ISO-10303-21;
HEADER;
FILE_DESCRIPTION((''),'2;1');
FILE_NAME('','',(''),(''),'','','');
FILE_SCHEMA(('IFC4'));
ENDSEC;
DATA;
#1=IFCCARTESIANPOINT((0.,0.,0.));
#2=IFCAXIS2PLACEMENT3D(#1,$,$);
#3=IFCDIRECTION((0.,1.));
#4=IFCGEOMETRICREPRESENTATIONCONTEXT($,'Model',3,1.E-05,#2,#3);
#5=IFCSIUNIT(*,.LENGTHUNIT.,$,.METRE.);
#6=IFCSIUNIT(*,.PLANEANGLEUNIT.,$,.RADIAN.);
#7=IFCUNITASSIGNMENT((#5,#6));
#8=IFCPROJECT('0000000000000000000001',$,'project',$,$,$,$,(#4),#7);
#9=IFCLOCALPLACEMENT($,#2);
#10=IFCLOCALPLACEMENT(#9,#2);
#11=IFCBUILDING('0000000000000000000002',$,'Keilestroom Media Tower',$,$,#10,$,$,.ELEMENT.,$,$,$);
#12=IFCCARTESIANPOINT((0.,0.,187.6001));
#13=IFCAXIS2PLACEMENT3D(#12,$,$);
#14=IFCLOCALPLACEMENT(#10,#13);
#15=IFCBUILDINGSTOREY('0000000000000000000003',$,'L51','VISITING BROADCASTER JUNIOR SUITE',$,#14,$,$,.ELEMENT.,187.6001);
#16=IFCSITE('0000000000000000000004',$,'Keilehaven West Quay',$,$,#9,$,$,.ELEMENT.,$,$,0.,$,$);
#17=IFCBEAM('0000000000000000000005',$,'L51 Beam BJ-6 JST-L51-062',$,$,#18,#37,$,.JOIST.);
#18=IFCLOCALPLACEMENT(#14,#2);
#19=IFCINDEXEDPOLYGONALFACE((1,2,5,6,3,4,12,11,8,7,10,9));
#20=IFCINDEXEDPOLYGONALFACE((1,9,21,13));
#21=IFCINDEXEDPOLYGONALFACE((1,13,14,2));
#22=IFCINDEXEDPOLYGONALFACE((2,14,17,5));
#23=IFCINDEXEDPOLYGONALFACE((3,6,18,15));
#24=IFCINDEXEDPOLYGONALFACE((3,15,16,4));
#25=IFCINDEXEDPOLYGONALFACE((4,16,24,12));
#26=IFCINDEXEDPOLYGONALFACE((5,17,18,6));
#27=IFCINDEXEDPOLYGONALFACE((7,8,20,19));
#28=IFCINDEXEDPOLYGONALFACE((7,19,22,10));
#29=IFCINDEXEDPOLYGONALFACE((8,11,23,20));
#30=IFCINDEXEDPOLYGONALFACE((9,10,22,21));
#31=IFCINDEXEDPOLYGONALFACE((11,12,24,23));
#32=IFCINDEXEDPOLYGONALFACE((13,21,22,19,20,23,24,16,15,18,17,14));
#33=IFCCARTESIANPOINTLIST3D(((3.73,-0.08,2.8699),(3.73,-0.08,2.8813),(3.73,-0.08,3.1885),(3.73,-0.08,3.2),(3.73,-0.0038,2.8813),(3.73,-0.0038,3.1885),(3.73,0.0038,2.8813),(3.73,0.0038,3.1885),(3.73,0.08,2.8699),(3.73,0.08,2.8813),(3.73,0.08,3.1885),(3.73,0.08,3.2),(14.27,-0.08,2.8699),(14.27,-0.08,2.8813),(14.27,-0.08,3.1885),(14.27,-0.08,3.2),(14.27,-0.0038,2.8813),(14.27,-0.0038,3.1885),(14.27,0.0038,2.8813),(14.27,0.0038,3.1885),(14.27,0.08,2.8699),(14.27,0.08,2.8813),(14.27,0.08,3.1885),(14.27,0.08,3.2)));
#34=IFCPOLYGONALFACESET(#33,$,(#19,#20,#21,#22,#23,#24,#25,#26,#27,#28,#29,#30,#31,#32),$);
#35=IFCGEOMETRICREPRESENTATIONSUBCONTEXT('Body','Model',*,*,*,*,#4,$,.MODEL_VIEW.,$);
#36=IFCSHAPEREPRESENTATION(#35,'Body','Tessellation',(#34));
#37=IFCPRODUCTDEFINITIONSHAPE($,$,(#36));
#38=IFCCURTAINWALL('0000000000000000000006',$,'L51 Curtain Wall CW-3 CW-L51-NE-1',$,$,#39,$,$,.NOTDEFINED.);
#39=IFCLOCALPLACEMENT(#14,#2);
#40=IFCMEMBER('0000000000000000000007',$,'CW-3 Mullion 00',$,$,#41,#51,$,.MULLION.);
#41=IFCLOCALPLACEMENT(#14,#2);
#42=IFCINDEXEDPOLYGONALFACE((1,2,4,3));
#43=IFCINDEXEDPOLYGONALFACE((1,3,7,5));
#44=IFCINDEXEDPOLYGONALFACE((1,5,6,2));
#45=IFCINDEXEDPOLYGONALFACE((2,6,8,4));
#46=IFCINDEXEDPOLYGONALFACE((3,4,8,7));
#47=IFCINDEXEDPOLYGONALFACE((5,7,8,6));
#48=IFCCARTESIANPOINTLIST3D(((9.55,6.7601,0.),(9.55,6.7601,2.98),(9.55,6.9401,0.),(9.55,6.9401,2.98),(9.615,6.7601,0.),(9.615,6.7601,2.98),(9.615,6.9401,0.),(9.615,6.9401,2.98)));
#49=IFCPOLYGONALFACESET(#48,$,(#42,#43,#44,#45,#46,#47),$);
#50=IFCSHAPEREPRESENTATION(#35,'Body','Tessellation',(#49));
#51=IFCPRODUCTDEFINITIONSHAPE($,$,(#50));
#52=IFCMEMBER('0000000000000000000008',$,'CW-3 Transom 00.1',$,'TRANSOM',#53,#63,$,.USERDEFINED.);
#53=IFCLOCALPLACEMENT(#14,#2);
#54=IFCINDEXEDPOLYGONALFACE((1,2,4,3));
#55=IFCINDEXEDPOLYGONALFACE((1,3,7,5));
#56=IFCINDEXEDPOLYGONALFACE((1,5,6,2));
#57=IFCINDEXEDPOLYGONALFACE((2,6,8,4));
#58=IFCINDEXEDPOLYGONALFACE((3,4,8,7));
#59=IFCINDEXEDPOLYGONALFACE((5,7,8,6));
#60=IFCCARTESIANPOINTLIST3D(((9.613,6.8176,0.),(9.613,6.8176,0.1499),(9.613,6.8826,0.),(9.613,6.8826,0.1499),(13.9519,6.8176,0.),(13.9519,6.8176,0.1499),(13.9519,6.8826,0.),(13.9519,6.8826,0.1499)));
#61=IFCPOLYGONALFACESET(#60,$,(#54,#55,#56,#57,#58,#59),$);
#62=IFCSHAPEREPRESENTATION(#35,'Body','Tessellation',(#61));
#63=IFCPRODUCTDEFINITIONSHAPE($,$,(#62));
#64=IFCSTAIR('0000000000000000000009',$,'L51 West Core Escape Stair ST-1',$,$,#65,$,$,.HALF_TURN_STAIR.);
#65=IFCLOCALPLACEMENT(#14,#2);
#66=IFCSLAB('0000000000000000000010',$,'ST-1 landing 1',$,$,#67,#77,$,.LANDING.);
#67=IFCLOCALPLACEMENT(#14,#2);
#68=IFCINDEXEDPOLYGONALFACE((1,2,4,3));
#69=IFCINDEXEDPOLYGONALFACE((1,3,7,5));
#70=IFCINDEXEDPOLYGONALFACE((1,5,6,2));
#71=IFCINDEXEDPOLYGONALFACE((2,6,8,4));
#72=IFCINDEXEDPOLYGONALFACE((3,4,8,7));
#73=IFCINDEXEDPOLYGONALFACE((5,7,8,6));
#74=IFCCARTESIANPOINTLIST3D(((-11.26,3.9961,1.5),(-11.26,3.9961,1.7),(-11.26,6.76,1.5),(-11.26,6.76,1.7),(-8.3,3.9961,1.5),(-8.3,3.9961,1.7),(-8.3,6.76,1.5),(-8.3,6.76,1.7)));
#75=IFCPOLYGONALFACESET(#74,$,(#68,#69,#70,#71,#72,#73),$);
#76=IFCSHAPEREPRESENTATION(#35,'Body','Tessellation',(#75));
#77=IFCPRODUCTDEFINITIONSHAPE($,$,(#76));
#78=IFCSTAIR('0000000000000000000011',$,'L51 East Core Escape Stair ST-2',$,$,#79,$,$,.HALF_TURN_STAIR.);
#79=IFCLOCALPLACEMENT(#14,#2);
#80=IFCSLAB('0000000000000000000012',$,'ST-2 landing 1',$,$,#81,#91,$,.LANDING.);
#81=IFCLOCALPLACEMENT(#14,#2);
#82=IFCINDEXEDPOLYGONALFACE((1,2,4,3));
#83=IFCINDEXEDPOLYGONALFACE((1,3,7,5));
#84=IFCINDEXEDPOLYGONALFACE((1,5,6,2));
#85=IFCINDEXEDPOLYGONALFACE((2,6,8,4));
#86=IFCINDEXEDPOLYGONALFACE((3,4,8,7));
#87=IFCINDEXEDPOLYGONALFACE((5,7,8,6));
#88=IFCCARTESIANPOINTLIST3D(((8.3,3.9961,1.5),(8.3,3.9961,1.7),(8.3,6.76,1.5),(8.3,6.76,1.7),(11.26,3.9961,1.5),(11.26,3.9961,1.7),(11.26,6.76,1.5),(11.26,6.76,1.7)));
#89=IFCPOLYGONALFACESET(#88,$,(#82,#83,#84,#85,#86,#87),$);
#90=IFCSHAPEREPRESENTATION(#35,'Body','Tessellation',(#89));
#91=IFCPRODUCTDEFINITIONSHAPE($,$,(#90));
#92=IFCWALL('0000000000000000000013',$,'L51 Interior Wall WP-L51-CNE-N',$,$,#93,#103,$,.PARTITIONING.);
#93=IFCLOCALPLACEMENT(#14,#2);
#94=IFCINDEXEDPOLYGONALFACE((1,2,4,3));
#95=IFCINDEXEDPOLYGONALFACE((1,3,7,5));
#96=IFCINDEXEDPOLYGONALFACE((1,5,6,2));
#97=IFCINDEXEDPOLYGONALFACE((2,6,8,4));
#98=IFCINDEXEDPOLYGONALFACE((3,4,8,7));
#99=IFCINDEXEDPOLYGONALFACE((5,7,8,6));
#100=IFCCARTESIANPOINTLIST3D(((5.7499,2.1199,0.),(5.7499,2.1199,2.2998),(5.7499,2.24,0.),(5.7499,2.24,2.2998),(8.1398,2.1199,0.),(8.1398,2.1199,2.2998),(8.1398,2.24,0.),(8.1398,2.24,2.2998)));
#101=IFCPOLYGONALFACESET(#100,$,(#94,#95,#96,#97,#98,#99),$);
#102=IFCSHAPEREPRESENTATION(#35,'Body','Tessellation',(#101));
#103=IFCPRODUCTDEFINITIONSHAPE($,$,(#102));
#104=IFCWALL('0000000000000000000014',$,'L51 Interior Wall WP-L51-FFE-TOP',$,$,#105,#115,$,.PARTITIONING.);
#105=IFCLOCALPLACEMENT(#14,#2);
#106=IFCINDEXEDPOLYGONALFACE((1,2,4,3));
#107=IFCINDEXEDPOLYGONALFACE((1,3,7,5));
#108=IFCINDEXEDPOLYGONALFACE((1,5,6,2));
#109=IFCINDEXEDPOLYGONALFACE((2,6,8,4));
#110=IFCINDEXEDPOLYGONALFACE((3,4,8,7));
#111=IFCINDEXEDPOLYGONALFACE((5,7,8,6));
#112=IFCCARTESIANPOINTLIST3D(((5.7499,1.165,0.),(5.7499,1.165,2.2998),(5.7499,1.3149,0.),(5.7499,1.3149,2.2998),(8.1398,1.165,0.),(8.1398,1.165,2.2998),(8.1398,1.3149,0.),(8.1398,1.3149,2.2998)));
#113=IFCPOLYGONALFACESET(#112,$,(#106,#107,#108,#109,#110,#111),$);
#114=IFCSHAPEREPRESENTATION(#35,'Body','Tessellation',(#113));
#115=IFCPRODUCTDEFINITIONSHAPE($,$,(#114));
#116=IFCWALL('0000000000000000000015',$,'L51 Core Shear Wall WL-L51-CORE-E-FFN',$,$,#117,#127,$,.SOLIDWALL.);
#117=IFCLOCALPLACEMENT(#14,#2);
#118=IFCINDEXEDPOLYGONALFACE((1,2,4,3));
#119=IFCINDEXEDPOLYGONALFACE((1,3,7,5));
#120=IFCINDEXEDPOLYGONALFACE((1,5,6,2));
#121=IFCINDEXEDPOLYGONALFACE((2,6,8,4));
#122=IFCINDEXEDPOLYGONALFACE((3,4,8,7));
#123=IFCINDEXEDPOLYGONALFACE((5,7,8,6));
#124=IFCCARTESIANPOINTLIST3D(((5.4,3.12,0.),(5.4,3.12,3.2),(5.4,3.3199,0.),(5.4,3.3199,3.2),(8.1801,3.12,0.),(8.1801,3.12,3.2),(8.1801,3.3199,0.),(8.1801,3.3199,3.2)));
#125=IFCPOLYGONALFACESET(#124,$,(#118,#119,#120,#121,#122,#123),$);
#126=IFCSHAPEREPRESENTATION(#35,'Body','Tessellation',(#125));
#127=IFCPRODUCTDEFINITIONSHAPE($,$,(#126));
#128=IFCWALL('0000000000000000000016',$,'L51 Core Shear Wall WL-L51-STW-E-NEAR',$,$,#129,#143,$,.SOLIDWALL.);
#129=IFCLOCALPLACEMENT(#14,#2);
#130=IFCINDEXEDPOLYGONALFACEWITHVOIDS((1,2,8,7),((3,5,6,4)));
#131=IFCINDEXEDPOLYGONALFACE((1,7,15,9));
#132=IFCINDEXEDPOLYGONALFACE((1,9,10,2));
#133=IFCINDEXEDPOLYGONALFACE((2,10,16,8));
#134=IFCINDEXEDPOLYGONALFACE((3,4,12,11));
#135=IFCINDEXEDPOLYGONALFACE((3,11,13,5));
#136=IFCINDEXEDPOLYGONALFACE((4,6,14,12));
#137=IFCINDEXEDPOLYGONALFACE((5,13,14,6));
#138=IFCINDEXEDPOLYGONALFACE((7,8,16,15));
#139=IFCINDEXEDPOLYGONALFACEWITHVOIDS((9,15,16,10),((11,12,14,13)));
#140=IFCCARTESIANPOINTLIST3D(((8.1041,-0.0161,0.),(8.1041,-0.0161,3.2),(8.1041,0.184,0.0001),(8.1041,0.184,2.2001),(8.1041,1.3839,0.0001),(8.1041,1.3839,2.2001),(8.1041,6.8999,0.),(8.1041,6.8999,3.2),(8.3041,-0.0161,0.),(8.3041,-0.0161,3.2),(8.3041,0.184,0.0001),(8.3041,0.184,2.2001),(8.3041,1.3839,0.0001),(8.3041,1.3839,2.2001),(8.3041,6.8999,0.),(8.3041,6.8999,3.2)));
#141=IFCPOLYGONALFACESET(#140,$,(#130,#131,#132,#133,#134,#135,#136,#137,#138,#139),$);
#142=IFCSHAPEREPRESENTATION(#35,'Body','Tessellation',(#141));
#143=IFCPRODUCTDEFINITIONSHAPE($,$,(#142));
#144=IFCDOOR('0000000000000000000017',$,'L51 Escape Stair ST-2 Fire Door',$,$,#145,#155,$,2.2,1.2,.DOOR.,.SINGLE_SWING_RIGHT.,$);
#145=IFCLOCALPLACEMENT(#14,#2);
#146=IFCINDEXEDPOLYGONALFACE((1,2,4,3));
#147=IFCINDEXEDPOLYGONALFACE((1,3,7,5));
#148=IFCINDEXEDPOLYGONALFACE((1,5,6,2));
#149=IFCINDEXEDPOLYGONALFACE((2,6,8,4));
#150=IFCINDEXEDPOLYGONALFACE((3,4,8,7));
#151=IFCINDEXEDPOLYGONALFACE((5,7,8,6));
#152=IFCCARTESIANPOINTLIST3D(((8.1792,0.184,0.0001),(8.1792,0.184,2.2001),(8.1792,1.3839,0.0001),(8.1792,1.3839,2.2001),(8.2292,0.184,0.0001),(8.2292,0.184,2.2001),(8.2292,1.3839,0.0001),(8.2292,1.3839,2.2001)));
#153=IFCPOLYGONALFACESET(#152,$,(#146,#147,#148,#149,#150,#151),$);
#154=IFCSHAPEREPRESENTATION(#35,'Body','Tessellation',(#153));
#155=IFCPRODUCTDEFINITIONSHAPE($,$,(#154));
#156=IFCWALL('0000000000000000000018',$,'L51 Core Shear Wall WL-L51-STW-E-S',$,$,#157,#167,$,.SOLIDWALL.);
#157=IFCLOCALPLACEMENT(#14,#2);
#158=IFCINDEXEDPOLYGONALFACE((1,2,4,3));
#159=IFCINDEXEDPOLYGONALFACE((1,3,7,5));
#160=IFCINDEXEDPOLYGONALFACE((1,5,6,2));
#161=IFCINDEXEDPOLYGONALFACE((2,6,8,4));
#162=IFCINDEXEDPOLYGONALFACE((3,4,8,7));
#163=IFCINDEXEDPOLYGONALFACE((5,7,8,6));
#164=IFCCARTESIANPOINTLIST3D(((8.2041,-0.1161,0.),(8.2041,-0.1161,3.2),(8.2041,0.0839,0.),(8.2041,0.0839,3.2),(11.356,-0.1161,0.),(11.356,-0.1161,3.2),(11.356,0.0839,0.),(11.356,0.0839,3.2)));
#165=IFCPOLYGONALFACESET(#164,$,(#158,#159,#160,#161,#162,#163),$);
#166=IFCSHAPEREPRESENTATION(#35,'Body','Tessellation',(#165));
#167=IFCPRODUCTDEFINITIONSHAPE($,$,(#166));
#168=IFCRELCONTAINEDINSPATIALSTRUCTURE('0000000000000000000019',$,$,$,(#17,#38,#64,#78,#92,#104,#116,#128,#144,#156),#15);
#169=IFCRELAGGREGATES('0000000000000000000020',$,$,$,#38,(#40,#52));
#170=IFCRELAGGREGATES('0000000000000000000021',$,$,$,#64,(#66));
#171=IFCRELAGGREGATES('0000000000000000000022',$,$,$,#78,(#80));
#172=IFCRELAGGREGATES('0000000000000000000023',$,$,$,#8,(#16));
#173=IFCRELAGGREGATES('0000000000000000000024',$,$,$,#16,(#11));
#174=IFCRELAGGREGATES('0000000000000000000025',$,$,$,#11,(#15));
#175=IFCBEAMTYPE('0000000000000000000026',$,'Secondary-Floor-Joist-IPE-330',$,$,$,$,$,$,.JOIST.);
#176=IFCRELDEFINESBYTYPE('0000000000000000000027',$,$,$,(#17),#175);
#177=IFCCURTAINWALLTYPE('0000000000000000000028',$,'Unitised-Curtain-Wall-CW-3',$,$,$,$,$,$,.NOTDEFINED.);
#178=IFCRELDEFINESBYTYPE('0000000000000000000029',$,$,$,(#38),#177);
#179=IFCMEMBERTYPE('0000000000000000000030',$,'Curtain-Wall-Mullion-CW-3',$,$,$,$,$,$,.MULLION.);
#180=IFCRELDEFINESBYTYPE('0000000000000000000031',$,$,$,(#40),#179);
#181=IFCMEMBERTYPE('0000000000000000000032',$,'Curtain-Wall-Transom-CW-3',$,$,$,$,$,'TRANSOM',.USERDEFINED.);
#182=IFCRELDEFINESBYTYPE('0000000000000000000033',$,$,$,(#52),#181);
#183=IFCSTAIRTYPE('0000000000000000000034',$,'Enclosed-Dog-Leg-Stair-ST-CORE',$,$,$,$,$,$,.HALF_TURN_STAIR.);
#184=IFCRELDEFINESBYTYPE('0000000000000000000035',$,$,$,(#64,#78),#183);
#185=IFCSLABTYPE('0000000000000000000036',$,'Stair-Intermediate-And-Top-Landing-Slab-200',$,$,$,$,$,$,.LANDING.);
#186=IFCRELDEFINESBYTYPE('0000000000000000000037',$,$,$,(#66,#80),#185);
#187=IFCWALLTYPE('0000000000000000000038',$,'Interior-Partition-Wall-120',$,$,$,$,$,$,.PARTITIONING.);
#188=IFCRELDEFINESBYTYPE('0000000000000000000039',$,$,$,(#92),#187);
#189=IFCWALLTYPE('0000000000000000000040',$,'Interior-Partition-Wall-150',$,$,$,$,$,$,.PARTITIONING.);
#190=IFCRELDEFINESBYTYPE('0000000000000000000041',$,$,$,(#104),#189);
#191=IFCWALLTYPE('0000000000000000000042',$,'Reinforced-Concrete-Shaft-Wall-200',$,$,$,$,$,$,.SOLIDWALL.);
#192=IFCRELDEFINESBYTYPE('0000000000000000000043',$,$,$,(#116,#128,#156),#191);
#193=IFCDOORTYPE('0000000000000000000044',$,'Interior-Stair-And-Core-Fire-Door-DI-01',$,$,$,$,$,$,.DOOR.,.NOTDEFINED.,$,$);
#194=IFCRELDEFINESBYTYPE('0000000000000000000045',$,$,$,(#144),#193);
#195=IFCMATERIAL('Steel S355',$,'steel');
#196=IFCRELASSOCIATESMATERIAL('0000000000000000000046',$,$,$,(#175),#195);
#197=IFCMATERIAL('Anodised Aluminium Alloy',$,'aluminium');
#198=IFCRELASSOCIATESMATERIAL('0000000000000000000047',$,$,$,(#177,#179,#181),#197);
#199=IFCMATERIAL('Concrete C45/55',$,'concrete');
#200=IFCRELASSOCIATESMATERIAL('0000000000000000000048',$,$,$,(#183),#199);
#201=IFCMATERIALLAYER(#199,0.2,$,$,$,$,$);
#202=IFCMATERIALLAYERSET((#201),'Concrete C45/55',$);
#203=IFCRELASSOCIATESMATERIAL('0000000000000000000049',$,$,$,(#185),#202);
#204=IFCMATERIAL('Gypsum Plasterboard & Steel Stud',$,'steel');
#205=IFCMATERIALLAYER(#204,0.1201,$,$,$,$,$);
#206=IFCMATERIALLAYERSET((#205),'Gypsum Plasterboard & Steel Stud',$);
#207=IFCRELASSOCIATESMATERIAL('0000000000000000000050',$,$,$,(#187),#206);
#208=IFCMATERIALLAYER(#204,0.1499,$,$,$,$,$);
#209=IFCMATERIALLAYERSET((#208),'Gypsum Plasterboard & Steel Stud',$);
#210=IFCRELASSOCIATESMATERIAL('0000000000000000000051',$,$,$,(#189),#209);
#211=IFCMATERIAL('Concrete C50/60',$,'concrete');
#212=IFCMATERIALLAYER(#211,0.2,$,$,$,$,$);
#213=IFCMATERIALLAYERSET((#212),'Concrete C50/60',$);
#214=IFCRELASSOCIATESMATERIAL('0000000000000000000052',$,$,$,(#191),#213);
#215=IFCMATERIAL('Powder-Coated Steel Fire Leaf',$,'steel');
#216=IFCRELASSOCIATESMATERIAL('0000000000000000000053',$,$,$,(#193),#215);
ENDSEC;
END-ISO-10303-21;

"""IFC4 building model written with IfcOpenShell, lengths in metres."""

from ifc_helpers import new_model, si_unit, direction, frame, frame_2d, origin, origin_2d, place, context, subcontext, project, spatial, polyline, rectangle, i_section, outline, extrude, source, transform, mapped, material, layer, layer_set, material_profile, profile_set, type_object, element, fill, aggregate, save


model = new_model("IFC4")

# Units and contexts
model_context = context("Model", 3, precision=1e-05, world=origin(), true_north=direction((0.0, 1.0)))
body_context = subcontext(model_context, "Body", "Model", "MODEL_VIEW")
ifc_project = project(units=[si_unit("LENGTHUNIT", "METRE"), si_unit("PLANEANGLEUNIT", "RADIAN")], contexts=[model_context])

# Site, building, storey
site_placement = place(None, origin())
site = spatial("IfcSite", under=ifc_project, at=site_placement, Name="Keilehaven West Quay", CompositionType="ELEMENT", RefElevation=0.0)
building_placement = place(site_placement, origin())
building = spatial("IfcBuilding", under=site, at=building_placement, Name="Keilestroom Media Tower", CompositionType="ELEMENT")
storey_placement = place(building_placement, frame((0.0, 0.0, 187.6001)))
storey = spatial("IfcBuildingStorey", under=building, at=storey_placement, Name="L51", Description="VISITING BROADCASTER JUNIOR SUITE", CompositionType="ELEMENT", Elevation=187.6001)

# Beam
ifc_material_1 = material(Name="Steel S355", Category="steel")
ifc_material_profile_1 = material_profile(ifc_material_1, i_section(OverallWidth=0.1599, OverallDepth=0.3301, WebThickness=0.0076, FlangeThickness=0.0115, at=origin_2d()), Name="IPE 330")
ifc_profile_set_1 = profile_set([ifc_material_profile_1], Name="Steel S355")
beam_type = type_object("IfcBeamType", Name="Secondary-Floor-Joist-IPE-330", PredefinedType="JOIST", material=ifc_profile_set_1)
shared_shape_1 = source(origin(), body_context, "Body", "SweptSolid", [
    extrude(i_section(OverallWidth=0.1599, OverallDepth=0.3301, WebThickness=0.0076, FlangeThickness=0.0115, at=origin_2d()), origin(), (0.0, 0.0, 1.0), 10.54),
])
beam_placement = place(storey_placement, frame((3.73, 0.0, 3.0349), z_axis=(1.0, 0.0, 0.0), x_axis=(0.0, 1.0, 0.0)))
element("IfcBeam", 1, at=beam_placement, inside=storey, type_object=beam_type, Name="L51 Beam BJ-6 JST-L51-062", PredefinedType="JOIST", context=body_context, shape_type="MappedRepresentation", body=[
    mapped(shared_shape_1, transform((0.0, 0.0, 0.0), x_axis=(1.0, 0.0, 0.0), y_axis=(0.0, 1.0, 0.0), z_axis=(0.0, 0.0, 1.0), scale=1.0)),
])

# Curtain wall, members
ifc_material_2 = material(Name="Anodised Aluminium Alloy", Category="aluminium")
curtain_wall_type = type_object("IfcCurtainWallType", Name="Unitised-Curtain-Wall-CW-3", PredefinedType="NOTDEFINED", material=ifc_material_2)
curtain_wall_placement = place(storey_placement, origin())
curtain_wall = element("IfcCurtainWall", 2, at=curtain_wall_placement, inside=storey, type_object=curtain_wall_type, Name="L51 Curtain Wall CW-3 CW-L51-NE-1", PredefinedType="NOTDEFINED")
ifc_material_profile_2 = material_profile(ifc_material_2, rectangle(XDim=0.0649, YDim=0.1799, at=origin_2d()), Name="ALU MULLION 65x180")
ifc_profile_set_2 = profile_set([ifc_material_profile_2], Name="Anodised Aluminium Alloy")
member_type_1 = type_object("IfcMemberType", Name="Curtain-Wall-Mullion-CW-3", PredefinedType="MULLION", material=ifc_profile_set_2)
shared_shape_2 = source(origin(), body_context, "Body", "SweptSolid", [
    extrude(rectangle(XDim=0.0649, YDim=0.1799, at=origin_2d()), origin(), (0.0, 0.0, 1.0), 2.98),
])
member_1_placement = place(storey_placement, frame((9.5825, 6.8501, 0.0), z_axis=(0.0, 0.0, 1.0), x_axis=(1.0, 0.0, 0.0)))
member_1 = element("IfcMember", 3, at=member_1_placement, type_object=member_type_1, Name="CW-3 Mullion 00", PredefinedType="MULLION", context=body_context, shape_type="MappedRepresentation", body=[
    mapped(shared_shape_2, transform((0.0, 0.0, 0.0), x_axis=(1.0, 0.0, 0.0), y_axis=(0.0, 1.0, 0.0), z_axis=(0.0, 0.0, 1.0), scale=1.0)),
])
ifc_material_profile_3 = material_profile(ifc_material_2, rectangle(XDim=0.0649, YDim=0.1499, at=origin_2d()), Name="ALU TRANSOM 65x150")
ifc_profile_set_3 = profile_set([ifc_material_profile_3], Name="Anodised Aluminium Alloy")
member_type_2 = type_object("IfcMemberType", Name="Curtain-Wall-Transom-CW-3", ElementType="TRANSOM", PredefinedType="USERDEFINED", material=ifc_profile_set_3)
shared_shape_3 = source(origin(), body_context, "Body", "SweptSolid", [
    extrude(rectangle(XDim=0.0649, YDim=0.1499, at=origin_2d()), origin(), (0.0, 0.0, 1.0), 4.3389),
])
member_2_placement = place(storey_placement, frame((9.613, 6.8501, 0.075), z_axis=(1.0, 0.0, 0.0), x_axis=(0.0, 1.0, 0.0)))
member_2 = element("IfcMember", 4, at=member_2_placement, type_object=member_type_2, Name="CW-3 Transom 00.1", ObjectType="TRANSOM", PredefinedType="USERDEFINED", context=body_context, shape_type="MappedRepresentation", body=[
    mapped(shared_shape_3, transform((0.0, 0.0, 0.0), x_axis=(1.0, 0.0, 0.0), y_axis=(0.0, 1.0, 0.0), z_axis=(0.0, 0.0, 1.0), scale=1.0)),
])
aggregate(curtain_wall, [member_1, member_2])

# Stairs, slabs
ifc_material_3 = material(Name="Concrete C45/55", Category="concrete")
stair_type = type_object("IfcStairType", Name="Enclosed-Dog-Leg-Stair-ST-CORE", PredefinedType="HALF_TURN_STAIR", material=ifc_material_3)
stair_1_placement = place(storey_placement, origin())
stair_1 = element("IfcStair", 5, at=stair_1_placement, inside=storey, type_object=stair_type, Name="L51 West Core Escape Stair ST-1", PredefinedType="HALF_TURN_STAIR")
ifc_layer_1 = layer(ifc_material_3, 0.2)
ifc_layer_set_1 = layer_set([ifc_layer_1], Name="Concrete C45/55")
slab_type = type_object("IfcSlabType", Name="Stair-Intermediate-And-Top-Landing-Slab-200", PredefinedType="LANDING", material=ifc_layer_set_1)
slab_1_placement = place(storey_placement, frame((0.0, 0.0, 1.5)))
slab_1 = element("IfcSlab", 6, at=slab_1_placement, type_object=slab_type, Name="ST-1 landing 1", PredefinedType="LANDING", context=body_context, shape_type="SweptSolid", body=[
    extrude(outline(polyline([(-8.3, 3.9961), (-8.3, 6.76), (-11.26, 6.76), (-11.26, 3.9961), (-8.3, 3.9961)])), origin(), (0.0, 0.0, 1.0), 0.2),
])
aggregate(stair_1, [slab_1])
stair_2_placement = place(storey_placement, origin())
stair_2 = element("IfcStair", 7, at=stair_2_placement, inside=storey, type_object=stair_type, Name="L51 East Core Escape Stair ST-2", PredefinedType="HALF_TURN_STAIR")
slab_2_placement = place(storey_placement, frame((0.0, 0.0, 1.5)))
slab_2 = element("IfcSlab", 8, at=slab_2_placement, type_object=slab_type, Name="ST-2 landing 1", PredefinedType="LANDING", context=body_context, shape_type="SweptSolid", body=[
    extrude(outline(polyline([(11.26, 3.9961), (11.26, 6.76), (8.3, 6.76), (8.3, 3.9961), (11.26, 3.9961)])), origin(), (0.0, 0.0, 1.0), 0.2),
])

# Walls
ifc_material_4 = material(Name="Gypsum Plasterboard & Steel Stud", Category="steel")
ifc_layer_2 = layer(ifc_material_4, 0.1201)
ifc_layer_set_2 = layer_set([ifc_layer_2], Name="Gypsum Plasterboard & Steel Stud")
wall_type_1 = type_object("IfcWallType", Name="Interior-Partition-Wall-120", PredefinedType="PARTITIONING", material=ifc_layer_set_2)
wall_1_placement = place(storey_placement, frame((5.75, 2.1799, 0.0), z_axis=(0.0, 0.0, 1.0), x_axis=(1.0, 0.0, 0.0)))
element("IfcWall", 9, at=wall_1_placement, inside=storey, type_object=wall_type_1, Name="L51 Interior Wall WP-L51-CNE-N", PredefinedType="PARTITIONING", context=body_context, shape_type="SweptSolid", body=[
    extrude(rectangle(XDim=2.3899, YDim=0.1201, at=frame_2d((1.1948, 0.0))), origin(), (0.0, 0.0, 1.0), 2.2998),
])
ifc_layer_3 = layer(ifc_material_4, 0.1499)
ifc_layer_set_3 = layer_set([ifc_layer_3], Name="Gypsum Plasterboard & Steel Stud")
wall_type_2 = type_object("IfcWallType", Name="Interior-Partition-Wall-150", PredefinedType="PARTITIONING", material=ifc_layer_set_3)
wall_2_placement = place(storey_placement, frame((5.75, 1.24, 0.0), z_axis=(0.0, 0.0, 1.0), x_axis=(1.0, 0.0, 0.0)))
element("IfcWall", 10, at=wall_2_placement, inside=storey, type_object=wall_type_2, Name="L51 Interior Wall WP-L51-FFE-TOP", PredefinedType="PARTITIONING", context=body_context, shape_type="SweptSolid", body=[
    extrude(rectangle(XDim=2.3899, YDim=0.1499, at=frame_2d((1.1948, 0.0))), origin(), (0.0, 0.0, 1.0), 2.2998),
])
ifc_material_5 = material(Name="Concrete C50/60", Category="concrete")
ifc_layer_4 = layer(ifc_material_5, 0.2)
ifc_layer_set_4 = layer_set([ifc_layer_4], Name="Concrete C50/60")
wall_type_3 = type_object("IfcWallType", Name="Reinforced-Concrete-Shaft-Wall-200", PredefinedType="SOLIDWALL", material=ifc_layer_set_4)
wall_3_placement = place(storey_placement, frame((5.3999, 3.22, 0.0), z_axis=(0.0, 0.0, 1.0), x_axis=(1.0, 0.0, 0.0)))
element("IfcWall", 11, at=wall_3_placement, inside=storey, type_object=wall_type_3, Name="L51 Core Shear Wall WL-L51-CORE-E-FFN", PredefinedType="SOLIDWALL", context=body_context, shape_type="SweptSolid", body=[
    extrude(rectangle(XDim=2.78, YDim=0.2, at=frame_2d((1.3901, 0.0))), origin(), (0.0, 0.0, 1.0), 3.2),
])

# Wall, opening, door
wall_4_placement = place(storey_placement, frame((8.2041, -0.0161, 0.0), z_axis=(0.0, 0.0, 1.0), x_axis=(0.0, 1.0, 0.0)))
wall_4 = element("IfcWall", 12, at=wall_4_placement, inside=storey, type_object=wall_type_3, Name="L51 Core Shear Wall WL-L51-STW-E-NEAR", PredefinedType="SOLIDWALL", context=body_context, shape_type="SweptSolid", body=[
    extrude(rectangle(XDim=6.916, YDim=0.2, at=frame_2d((3.458, 0.0))), origin(), (0.0, 0.0, 1.0), 3.2),
])
opening_1_placement = place(wall_4_placement, frame((0.2, 0.0, 0.0)))
opening_1 = element("IfcOpeningElement", 13, at=opening_1_placement, cuts=wall_4, PredefinedType="OPENING", context=body_context, shape_type="SweptSolid", body=[
    extrude(rectangle(XDim=1.2, YDim=2.2, at=frame_2d((0.6001, 1.1001))), frame((0.0, 0.1099, 0.0), z_axis=(0.0, -1.0, 0.0), x_axis=(1.0, 0.0, 0.0)), (0.0, 0.0, 1.0), 0.22),
])
ifc_material_6 = material(Name="Powder-Coated Steel Fire Leaf", Category="steel")
door_type_1 = type_object("IfcDoorType", Name="Interior-Stair-And-Core-Fire-Door-DI-01", OperationType="NOTDEFINED", PredefinedType="DOOR", material=ifc_material_6)
shared_shape_4 = source(origin(), body_context, "Body", "SweptSolid", [
    extrude(rectangle(XDim=1.2, YDim=2.2, at=frame_2d((0.6001, 1.1001))), frame((0.0, 0.0249, 0.0), z_axis=(0.0, -1.0, 0.0), x_axis=(1.0, 0.0, 0.0)), (0.0, 0.0, 1.0), 0.05),
])
door_1_placement = place(opening_1_placement, origin())
door_1 = element("IfcDoor", 14, at=door_1_placement, inside=storey, type_object=door_type_1, Name="L51 Escape Stair ST-2 Fire Door", OperationType="SINGLE_SWING_RIGHT", OverallHeight=2.2, OverallWidth=1.2, PredefinedType="DOOR", context=body_context, shape_type="MappedRepresentation", body=[
    mapped(shared_shape_4, transform((0.0, 0.0, 0.0), x_axis=(1.0, 0.0, 0.0), y_axis=(0.0, 1.0, 0.0), z_axis=(0.0, 0.0, 1.0), scale=1.0)),
])
fill(opening_1, door_1)

# Wall
wall_5_placement = place(storey_placement, frame((8.2041, -0.0161, 0.0), z_axis=(0.0, 0.0, 1.0), x_axis=(1.0, 0.0, 0.0)))
element("IfcWall", 15, at=wall_5_placement, inside=storey, type_object=wall_type_3, Name="L51 Core Shear Wall WL-L51-STW-E-S", PredefinedType="SOLIDWALL", context=body_context, shape_type="SweptSolid", body=[
    extrude(rectangle(XDim=3.1519, YDim=0.2, at=frame_2d((1.5759, 0.0))), origin(), (0.0, 0.0, 1.0), 3.2),
])

aggregate(stair_2, [slab_2])

save(model, "model.ifc")
